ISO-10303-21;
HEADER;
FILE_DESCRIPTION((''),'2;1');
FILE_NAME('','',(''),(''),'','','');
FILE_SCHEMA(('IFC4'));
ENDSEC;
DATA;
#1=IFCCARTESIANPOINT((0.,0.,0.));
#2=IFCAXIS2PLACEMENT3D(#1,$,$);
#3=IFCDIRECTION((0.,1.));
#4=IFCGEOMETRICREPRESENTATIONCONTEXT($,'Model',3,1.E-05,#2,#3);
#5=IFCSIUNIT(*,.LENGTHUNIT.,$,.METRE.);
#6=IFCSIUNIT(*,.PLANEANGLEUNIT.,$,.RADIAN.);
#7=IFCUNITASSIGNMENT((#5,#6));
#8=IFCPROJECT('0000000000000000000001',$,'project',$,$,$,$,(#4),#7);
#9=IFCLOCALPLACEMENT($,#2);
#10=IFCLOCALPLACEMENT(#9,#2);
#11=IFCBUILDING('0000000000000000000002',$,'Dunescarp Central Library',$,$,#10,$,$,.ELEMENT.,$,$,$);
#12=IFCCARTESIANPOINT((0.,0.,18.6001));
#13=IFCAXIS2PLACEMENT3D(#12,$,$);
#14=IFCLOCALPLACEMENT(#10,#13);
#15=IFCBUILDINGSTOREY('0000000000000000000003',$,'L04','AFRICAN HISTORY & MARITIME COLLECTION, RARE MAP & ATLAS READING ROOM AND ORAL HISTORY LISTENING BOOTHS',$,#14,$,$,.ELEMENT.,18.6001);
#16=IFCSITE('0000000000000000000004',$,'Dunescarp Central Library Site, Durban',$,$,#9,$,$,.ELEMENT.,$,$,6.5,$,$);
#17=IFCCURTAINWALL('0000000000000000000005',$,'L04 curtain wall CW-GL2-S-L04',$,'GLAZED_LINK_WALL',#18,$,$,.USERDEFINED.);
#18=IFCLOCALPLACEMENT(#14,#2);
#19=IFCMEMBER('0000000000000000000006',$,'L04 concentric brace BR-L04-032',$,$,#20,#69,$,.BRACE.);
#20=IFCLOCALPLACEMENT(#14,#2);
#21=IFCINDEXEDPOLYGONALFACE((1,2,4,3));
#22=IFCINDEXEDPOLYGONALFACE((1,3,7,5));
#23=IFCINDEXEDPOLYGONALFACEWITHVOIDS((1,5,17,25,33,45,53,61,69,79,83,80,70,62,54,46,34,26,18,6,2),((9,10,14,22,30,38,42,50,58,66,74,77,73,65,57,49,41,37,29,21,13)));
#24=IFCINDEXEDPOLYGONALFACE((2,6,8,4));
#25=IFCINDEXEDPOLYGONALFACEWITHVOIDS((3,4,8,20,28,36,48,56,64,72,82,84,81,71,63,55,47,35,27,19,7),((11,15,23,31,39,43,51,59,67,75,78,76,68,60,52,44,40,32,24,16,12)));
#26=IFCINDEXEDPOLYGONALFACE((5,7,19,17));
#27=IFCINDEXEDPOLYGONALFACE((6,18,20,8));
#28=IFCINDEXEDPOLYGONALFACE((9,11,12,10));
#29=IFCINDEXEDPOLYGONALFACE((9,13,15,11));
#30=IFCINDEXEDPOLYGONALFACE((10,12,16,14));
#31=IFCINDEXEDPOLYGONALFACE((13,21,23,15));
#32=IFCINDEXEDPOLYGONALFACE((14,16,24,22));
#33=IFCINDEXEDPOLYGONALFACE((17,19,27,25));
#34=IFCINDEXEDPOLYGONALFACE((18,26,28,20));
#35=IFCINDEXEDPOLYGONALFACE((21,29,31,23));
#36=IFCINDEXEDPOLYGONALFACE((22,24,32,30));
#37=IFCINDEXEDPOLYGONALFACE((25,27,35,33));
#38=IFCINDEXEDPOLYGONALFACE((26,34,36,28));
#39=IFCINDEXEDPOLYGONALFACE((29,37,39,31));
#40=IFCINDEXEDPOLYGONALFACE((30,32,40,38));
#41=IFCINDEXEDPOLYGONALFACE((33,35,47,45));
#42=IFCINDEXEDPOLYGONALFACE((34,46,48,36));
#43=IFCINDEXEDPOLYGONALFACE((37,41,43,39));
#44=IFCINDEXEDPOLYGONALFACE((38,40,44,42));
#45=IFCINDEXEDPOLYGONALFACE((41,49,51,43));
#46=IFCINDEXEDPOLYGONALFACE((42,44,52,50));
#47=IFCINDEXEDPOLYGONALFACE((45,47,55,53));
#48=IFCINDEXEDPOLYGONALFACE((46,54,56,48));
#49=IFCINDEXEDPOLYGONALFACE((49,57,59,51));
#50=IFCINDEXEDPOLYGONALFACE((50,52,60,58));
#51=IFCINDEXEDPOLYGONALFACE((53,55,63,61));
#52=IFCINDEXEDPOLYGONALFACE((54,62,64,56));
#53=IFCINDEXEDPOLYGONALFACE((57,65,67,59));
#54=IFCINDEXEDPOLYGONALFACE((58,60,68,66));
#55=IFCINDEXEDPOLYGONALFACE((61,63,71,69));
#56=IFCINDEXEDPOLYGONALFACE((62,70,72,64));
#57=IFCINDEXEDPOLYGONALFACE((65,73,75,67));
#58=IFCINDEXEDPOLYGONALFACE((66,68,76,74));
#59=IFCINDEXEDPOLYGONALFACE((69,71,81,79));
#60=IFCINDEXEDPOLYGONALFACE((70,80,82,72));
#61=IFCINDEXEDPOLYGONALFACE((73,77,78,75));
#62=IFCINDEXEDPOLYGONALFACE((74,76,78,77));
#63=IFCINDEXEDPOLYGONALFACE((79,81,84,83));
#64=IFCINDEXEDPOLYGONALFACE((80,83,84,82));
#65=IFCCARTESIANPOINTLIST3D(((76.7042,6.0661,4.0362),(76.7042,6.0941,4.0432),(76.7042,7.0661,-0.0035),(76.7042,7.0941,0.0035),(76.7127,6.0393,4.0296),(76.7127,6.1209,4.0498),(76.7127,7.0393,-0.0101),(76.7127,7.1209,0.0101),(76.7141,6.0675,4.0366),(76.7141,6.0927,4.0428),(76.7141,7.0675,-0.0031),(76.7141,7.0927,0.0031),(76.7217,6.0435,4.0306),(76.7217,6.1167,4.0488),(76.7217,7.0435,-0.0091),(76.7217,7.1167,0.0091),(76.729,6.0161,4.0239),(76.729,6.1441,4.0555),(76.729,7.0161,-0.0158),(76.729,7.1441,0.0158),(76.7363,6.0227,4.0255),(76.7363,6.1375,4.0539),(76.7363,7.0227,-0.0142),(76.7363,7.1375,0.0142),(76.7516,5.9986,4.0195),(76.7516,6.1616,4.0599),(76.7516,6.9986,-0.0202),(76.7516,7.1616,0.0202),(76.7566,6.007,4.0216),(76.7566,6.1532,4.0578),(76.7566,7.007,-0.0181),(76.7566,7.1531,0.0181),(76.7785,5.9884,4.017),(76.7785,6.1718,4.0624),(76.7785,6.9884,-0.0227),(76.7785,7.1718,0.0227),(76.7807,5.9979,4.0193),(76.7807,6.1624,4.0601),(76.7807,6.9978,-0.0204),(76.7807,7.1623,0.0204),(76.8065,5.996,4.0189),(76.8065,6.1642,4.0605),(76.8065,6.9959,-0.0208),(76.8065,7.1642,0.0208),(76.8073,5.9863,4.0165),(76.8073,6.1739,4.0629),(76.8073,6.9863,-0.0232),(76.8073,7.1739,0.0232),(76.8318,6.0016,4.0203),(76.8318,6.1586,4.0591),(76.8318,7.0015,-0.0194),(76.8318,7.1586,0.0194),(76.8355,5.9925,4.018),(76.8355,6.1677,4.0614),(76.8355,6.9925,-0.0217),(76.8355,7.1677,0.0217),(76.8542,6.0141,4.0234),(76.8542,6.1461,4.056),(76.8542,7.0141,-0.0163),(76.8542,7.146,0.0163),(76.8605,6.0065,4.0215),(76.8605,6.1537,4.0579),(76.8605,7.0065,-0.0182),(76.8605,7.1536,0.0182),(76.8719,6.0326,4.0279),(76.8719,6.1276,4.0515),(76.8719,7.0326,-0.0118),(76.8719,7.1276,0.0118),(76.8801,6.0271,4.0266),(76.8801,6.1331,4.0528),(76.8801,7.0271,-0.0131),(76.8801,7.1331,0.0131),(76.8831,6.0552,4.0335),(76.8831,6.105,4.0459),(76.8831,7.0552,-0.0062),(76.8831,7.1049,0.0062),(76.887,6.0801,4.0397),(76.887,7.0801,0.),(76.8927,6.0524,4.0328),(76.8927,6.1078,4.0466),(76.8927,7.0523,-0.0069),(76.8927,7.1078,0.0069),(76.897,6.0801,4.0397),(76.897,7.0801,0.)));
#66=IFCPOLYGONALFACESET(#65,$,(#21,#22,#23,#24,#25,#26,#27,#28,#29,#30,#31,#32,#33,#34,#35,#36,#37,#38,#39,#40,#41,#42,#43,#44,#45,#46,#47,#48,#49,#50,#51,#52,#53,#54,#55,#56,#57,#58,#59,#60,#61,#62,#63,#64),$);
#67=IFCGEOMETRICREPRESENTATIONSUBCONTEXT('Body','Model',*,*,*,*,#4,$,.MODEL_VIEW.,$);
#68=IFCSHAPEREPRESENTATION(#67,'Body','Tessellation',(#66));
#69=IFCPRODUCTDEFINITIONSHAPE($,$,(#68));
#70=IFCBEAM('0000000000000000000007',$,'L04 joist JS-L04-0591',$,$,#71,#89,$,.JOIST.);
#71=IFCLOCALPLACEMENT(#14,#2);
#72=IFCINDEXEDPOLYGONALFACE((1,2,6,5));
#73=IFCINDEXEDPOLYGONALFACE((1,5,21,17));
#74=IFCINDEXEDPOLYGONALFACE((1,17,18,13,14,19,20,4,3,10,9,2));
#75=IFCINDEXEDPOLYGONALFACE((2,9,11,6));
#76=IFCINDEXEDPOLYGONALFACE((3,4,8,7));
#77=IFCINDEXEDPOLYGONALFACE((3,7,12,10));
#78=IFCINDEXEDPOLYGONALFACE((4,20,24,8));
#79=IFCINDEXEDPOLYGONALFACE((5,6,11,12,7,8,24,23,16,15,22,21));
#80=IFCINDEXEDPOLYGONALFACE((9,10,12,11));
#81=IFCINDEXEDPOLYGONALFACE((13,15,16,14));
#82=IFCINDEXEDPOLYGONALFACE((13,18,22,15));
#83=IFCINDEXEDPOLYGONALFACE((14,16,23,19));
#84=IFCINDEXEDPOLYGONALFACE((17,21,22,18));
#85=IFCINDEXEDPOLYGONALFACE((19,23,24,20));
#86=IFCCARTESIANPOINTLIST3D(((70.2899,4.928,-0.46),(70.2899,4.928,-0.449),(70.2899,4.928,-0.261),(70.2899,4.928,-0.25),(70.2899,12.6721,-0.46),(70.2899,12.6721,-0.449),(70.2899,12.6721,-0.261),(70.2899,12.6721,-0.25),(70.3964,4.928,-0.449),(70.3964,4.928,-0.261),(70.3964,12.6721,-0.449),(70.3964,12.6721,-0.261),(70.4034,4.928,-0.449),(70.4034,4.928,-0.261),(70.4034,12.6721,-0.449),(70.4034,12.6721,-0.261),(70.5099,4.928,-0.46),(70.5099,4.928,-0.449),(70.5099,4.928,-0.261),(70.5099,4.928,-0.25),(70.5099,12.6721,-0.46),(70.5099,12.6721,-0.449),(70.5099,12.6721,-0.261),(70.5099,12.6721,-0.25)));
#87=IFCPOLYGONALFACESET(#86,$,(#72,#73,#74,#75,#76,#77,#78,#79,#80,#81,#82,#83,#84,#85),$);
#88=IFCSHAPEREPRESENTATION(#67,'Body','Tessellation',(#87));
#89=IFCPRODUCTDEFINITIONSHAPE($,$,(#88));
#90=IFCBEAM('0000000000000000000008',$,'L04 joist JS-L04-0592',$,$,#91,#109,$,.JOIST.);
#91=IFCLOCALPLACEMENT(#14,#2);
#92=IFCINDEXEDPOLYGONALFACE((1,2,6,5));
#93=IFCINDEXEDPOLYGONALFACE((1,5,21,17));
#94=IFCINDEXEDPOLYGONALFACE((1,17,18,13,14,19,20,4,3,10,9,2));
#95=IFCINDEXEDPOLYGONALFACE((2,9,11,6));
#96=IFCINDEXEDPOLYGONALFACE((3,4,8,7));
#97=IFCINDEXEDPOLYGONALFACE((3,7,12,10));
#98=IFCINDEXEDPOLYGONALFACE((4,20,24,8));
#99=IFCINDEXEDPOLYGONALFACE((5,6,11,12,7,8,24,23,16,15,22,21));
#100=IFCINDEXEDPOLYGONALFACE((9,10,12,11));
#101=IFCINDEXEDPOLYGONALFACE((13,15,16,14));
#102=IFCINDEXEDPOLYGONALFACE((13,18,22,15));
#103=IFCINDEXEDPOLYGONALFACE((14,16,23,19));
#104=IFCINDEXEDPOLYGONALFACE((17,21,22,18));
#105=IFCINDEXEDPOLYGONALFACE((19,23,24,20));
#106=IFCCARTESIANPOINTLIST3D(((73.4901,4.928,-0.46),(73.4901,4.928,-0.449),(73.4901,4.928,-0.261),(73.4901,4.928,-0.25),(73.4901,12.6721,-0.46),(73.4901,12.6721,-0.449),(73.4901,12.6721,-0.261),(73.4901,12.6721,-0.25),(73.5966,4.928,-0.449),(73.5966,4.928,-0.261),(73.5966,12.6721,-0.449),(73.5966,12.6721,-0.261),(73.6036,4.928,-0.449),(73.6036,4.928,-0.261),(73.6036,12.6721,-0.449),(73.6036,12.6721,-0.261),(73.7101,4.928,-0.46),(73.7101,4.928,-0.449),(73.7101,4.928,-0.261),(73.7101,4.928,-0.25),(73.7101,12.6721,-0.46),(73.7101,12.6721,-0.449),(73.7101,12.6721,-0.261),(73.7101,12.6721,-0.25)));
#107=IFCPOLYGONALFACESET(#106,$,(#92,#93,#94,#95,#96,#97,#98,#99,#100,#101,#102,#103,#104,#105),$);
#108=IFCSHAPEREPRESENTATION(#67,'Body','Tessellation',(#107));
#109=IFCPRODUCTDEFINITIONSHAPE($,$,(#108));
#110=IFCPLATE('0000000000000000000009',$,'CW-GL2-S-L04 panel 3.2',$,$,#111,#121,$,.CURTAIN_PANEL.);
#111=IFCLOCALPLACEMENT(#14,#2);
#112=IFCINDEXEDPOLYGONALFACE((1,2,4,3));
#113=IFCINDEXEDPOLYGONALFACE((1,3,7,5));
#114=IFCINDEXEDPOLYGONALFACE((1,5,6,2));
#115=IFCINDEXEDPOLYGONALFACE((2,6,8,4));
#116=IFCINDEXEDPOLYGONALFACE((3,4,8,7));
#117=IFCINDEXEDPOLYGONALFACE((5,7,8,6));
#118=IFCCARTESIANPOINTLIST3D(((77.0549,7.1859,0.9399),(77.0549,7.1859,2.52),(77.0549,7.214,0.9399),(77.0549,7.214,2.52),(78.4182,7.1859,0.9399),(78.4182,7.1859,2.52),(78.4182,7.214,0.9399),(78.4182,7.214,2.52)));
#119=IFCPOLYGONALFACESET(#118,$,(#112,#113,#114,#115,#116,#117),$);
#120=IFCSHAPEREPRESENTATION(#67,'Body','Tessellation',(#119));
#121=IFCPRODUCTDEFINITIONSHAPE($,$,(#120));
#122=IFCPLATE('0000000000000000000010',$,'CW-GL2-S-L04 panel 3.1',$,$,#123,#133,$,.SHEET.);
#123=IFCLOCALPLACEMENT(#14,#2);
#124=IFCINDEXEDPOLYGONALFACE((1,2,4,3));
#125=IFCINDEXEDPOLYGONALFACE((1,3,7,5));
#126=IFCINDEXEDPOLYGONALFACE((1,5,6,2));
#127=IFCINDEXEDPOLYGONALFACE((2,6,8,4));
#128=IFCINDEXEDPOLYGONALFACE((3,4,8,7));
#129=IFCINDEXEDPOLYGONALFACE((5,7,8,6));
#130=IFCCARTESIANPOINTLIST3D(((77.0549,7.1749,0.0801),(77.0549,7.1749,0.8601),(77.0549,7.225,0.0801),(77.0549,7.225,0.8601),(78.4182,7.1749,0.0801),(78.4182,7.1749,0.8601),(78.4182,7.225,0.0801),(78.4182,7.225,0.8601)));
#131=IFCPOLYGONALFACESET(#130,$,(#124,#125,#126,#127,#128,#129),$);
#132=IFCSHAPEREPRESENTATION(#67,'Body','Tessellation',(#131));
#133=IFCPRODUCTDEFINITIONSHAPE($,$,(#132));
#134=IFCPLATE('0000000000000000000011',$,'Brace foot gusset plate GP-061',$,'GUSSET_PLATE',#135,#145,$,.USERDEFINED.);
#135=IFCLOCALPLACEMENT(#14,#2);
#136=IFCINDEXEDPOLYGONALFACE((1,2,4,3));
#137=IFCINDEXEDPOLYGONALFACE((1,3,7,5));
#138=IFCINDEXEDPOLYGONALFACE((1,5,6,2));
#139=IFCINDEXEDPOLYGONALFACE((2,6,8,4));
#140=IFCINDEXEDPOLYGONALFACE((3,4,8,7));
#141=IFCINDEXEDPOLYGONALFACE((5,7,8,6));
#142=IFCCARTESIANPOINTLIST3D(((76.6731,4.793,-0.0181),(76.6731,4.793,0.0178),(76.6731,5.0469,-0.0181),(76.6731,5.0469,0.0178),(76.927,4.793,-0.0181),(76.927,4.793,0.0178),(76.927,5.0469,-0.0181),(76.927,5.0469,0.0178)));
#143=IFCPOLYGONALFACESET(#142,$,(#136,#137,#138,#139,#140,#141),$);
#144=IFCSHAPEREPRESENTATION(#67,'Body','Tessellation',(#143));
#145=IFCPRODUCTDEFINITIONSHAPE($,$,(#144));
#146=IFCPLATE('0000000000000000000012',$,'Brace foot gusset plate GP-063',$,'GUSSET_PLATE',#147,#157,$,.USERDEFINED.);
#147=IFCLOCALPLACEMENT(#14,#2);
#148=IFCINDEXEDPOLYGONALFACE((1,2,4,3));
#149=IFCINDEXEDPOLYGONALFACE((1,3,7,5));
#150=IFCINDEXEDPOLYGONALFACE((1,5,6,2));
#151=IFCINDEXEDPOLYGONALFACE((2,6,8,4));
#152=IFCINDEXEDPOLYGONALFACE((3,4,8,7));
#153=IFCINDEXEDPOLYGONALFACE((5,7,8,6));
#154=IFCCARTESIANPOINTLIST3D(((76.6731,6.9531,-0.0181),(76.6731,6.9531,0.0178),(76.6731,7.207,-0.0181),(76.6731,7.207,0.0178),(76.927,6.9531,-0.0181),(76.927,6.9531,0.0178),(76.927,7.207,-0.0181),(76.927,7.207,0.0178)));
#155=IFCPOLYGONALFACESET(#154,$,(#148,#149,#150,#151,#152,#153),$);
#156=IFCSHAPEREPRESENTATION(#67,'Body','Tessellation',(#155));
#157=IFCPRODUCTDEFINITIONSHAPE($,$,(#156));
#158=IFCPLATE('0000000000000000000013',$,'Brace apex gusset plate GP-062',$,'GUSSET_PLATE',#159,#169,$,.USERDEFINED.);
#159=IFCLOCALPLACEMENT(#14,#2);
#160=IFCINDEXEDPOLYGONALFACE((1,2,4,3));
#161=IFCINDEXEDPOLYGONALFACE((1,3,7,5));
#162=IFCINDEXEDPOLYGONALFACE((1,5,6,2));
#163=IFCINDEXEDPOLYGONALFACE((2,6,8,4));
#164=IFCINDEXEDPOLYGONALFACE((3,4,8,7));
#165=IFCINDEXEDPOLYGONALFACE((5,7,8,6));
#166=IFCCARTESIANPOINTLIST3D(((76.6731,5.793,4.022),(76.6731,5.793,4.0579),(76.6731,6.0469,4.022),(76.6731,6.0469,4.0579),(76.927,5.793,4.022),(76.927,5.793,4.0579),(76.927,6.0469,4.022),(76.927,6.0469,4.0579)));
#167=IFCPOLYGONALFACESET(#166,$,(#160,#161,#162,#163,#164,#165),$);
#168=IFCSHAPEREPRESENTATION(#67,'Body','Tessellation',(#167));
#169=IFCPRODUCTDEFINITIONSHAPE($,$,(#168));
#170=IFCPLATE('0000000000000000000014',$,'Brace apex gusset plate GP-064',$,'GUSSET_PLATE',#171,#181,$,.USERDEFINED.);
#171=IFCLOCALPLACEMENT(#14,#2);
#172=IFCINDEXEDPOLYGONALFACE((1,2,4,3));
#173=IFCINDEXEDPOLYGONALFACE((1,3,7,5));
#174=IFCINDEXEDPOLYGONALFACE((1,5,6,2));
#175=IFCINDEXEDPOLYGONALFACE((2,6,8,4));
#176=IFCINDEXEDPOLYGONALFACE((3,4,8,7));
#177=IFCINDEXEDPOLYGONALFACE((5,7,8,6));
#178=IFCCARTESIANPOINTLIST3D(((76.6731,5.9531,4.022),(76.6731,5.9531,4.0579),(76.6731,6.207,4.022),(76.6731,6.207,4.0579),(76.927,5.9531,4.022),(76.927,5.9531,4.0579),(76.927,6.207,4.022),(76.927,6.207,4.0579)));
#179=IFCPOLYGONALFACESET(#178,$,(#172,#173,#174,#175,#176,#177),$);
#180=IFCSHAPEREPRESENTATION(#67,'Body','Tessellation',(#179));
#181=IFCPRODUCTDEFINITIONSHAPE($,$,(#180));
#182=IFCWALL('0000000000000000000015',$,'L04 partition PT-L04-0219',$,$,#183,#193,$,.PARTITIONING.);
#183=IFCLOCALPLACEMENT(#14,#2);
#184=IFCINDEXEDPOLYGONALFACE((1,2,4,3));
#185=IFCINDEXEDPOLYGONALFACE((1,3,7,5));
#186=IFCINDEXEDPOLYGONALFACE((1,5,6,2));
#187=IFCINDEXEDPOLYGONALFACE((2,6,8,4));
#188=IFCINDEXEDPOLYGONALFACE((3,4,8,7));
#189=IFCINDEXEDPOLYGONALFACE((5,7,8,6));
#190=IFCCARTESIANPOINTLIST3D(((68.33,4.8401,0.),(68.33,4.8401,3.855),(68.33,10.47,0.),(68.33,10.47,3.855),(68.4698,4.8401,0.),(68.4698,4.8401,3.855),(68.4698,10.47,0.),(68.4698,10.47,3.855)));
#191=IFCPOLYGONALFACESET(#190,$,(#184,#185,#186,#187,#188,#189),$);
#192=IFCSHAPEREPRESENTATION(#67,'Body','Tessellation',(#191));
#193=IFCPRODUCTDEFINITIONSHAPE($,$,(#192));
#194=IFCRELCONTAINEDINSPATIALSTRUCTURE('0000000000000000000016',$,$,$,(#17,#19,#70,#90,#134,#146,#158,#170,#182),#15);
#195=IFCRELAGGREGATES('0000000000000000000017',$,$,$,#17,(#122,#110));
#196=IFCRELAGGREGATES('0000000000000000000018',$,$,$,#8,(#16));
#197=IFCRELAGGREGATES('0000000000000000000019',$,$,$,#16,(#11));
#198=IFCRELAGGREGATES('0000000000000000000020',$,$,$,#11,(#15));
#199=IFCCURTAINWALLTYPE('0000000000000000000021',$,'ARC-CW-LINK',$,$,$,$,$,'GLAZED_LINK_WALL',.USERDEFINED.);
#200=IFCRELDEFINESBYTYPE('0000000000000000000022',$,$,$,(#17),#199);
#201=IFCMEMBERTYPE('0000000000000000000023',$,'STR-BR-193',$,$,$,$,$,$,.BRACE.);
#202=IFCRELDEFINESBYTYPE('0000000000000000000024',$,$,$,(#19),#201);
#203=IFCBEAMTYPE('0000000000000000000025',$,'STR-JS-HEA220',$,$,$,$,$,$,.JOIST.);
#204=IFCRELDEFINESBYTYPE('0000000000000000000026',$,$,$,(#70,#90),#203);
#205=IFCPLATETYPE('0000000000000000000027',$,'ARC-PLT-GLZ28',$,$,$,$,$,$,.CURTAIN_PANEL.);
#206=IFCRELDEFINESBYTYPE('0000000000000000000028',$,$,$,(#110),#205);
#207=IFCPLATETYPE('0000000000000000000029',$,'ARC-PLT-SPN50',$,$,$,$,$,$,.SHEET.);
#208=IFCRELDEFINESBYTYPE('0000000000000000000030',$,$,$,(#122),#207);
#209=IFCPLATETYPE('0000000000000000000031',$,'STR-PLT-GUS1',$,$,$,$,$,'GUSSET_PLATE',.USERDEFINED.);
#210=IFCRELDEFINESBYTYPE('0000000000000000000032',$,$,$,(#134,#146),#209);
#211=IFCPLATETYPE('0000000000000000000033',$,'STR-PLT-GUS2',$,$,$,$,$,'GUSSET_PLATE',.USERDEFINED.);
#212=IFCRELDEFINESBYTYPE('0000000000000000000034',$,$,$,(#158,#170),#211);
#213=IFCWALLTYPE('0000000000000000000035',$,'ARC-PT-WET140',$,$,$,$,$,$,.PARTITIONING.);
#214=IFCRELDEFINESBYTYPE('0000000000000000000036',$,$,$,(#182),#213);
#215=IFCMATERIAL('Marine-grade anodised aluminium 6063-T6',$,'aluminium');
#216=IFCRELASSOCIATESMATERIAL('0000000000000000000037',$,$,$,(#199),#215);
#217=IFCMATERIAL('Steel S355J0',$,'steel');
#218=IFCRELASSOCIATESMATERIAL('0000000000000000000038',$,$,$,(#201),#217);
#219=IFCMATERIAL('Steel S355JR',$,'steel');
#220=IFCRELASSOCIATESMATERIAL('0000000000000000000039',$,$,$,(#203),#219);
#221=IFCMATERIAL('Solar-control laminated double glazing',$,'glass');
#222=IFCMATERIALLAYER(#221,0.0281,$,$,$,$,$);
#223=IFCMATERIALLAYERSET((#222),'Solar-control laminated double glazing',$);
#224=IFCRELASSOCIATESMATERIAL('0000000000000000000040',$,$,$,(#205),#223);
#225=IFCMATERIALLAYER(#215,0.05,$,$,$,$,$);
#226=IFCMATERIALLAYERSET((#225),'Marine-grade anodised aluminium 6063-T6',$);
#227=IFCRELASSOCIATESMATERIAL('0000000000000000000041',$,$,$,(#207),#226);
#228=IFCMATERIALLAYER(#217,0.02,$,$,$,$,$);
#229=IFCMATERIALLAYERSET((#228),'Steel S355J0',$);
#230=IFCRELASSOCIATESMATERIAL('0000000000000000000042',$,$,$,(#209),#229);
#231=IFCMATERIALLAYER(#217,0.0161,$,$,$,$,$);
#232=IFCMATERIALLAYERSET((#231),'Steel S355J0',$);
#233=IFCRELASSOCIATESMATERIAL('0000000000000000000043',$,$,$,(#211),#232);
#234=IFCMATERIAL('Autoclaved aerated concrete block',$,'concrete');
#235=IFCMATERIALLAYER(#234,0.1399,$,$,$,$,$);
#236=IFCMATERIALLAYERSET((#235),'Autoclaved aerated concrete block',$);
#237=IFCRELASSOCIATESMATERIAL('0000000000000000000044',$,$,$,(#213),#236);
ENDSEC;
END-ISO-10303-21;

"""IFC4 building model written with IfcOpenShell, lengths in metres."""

from ifc_helpers import new_model, si_unit, direction, frame, frame_2d, origin, origin_2d, place, context, subcontext, project, spatial, rectangle, hollow_circle, i_section, extrude, material, layer, layer_set, material_profile, profile_set, type_object, element, aggregate, save


model = new_model("IFC4")

# Units and contexts
model_context = context("Model", 3, precision=1e-05, world=origin(), true_north=direction((0.0, 1.0)))
body_context = subcontext(model_context, "Body", "Model", "MODEL_VIEW")
ifc_project = project(units=[si_unit("LENGTHUNIT", "METRE"), si_unit("PLANEANGLEUNIT", "RADIAN")], contexts=[model_context])

# Site, building, storey
site_placement = place(None, origin())
site = spatial("IfcSite", under=ifc_project, at=site_placement, Name="Dunescarp Central Library Site, Durban", CompositionType="ELEMENT", RefElevation=6.5)
building_placement = place(site_placement, origin())
building = spatial("IfcBuilding", under=site, at=building_placement, Name="Dunescarp Central Library", CompositionType="ELEMENT")
storey_placement = place(building_placement, frame((0.0, 0.0, 18.6001)))
storey = spatial("IfcBuildingStorey", under=building, at=storey_placement, Name="L04", Description="AFRICAN HISTORY & MARITIME COLLECTION, RARE MAP & ATLAS READING ROOM AND ORAL HISTORY LISTENING BOOTHS", CompositionType="ELEMENT", Elevation=18.6001)

# Shared definitions
ifc_material_1 = material(Name="Steel S355JR", Category="steel")

# Curtain wall
ifc_material_2 = material(Name="Marine-grade anodised aluminium 6063-T6", Category="aluminium")
curtain_wall_type = type_object("IfcCurtainWallType", Name="ARC-CW-LINK", ElementType="GLAZED_LINK_WALL", PredefinedType="USERDEFINED", material=ifc_material_2)
curtain_wall_placement = place(storey_placement, origin())
curtain_wall = element("IfcCurtainWall", 1, at=curtain_wall_placement, inside=storey, type_object=curtain_wall_type, Name="L04 curtain wall CW-GL2-S-L04", ObjectType="GLAZED_LINK_WALL", PredefinedType="USERDEFINED")

# Member
ifc_material_3 = material(Name="Steel S355J0", Category="steel")
ifc_material_profile_1 = material_profile(ifc_material_3, hollow_circle(Radius=0.0969, WallThickness=0.01, at=origin_2d()), Name="CHS 193.7x10")
ifc_profile_set_1 = profile_set([ifc_material_profile_1], Name="Steel S355J0")
member_type_1 = type_object("IfcMemberType", Name="STR-BR-193", PredefinedType="BRACE", material=ifc_profile_set_1)
for number, where, z_axis, x_axis, name in (
    (2, (76.8, 7.0801, 0.0), (0.0, -0.240285, 0.970702), (1.0, 0.0, 0.0), "L04 concentric brace BR-L04-032"),
):
    element("IfcMember", number, at=place(storey_placement, frame(where, z_axis=z_axis, x_axis=x_axis)), inside=storey, type_object=member_type_1, Name=name, PredefinedType="BRACE", context=body_context, shape_type="SweptSolid", body=[
        extrude(hollow_circle(Radius=0.0969, WallThickness=0.01, at=origin_2d()), origin(), (0.0, 0.0, 1.0), 4.1616),
    ])

# Beams
ifc_material_profile_2 = material_profile(ifc_material_1, i_section(OverallWidth=0.22, OverallDepth=0.21, WebThickness=0.0071, FlangeThickness=0.011, at=origin_2d()), Name="HEA 220")
ifc_profile_set_2 = profile_set([ifc_material_profile_2], Name="Steel S355JR")
beam_type_1 = type_object("IfcBeamType", Name="STR-JS-HEA220", PredefinedType="JOIST", material=ifc_profile_set_2)
for number, where, z_axis, x_axis, name in (
    (3, (70.3999, 4.928, -0.355), (0.0, 1.0, 0.0), (-1.0, 0.0, 0.0), "L04 joist JS-L04-0591"),
    (4, (73.6001, 4.928, -0.355), (0.0, 1.0, 0.0), (-1.0, 0.0, 0.0), "L04 joist JS-L04-0592"),
):
    element("IfcBeam", number, at=place(storey_placement, frame(where, z_axis=z_axis, x_axis=x_axis)), inside=storey, type_object=beam_type_1, Name=name, PredefinedType="JOIST", context=body_context, shape_type="SweptSolid", body=[
        extrude(i_section(OverallWidth=0.22, OverallDepth=0.21, WebThickness=0.0071, FlangeThickness=0.011, at=origin_2d()), origin(), (0.0, 0.0, 1.0), 7.7441),
    ])

# Plates
ifc_material_4 = material(Name="Solar-control laminated double glazing", Category="glass")
ifc_layer_1 = layer(ifc_material_4, 0.0281)
ifc_layer_set_1 = layer_set([ifc_layer_1], Name="Solar-control laminated double glazing")
plate_type_1 = type_object("IfcPlateType", Name="ARC-PLT-GLZ28", PredefinedType="CURTAIN_PANEL", material=ifc_layer_set_1)
plate_1_placement = place(storey_placement, frame((77.7366, 7.2, 0.9399), z_axis=(0.0, 0.0, 1.0), x_axis=(-1.0, 0.0, 0.0)))
plate_1 = element("IfcPlate", 5, at=plate_1_placement, type_object=plate_type_1, Name="CW-GL2-S-L04 panel 3.2", PredefinedType="CURTAIN_PANEL", context=body_context, shape_type="SweptSolid", body=[
    extrude(rectangle(XDim=1.3633, YDim=0.0281, at=origin_2d()), origin(), (0.0, 0.0, 1.0), 1.5801),
])
ifc_layer_2 = layer(ifc_material_2, 0.05)
ifc_layer_set_2 = layer_set([ifc_layer_2], Name="Marine-grade anodised aluminium 6063-T6")
plate_type_2 = type_object("IfcPlateType", Name="ARC-PLT-SPN50", PredefinedType="SHEET", material=ifc_layer_set_2)
plate_2_placement = place(storey_placement, frame((77.7366, 7.2, 0.0801), z_axis=(0.0, 0.0, 1.0), x_axis=(-1.0, 0.0, 0.0)))
plate_2 = element("IfcPlate", 6, at=plate_2_placement, type_object=plate_type_2, Name="CW-GL2-S-L04 panel 3.1", PredefinedType="SHEET", context=body_context, shape_type="SweptSolid", body=[
    extrude(rectangle(XDim=1.3633, YDim=0.05, at=origin_2d()), origin(), (0.0, 0.0, 1.0), 0.78),
])
aggregate(curtain_wall, [plate_2, plate_1])

# Plates
ifc_layer_3 = layer(ifc_material_3, 0.02)
ifc_layer_set_3 = layer_set([ifc_layer_3], Name="Steel S355J0")
plate_type_3 = type_object("IfcPlateType", Name="STR-PLT-GUS1", ElementType="GUSSET_PLATE", PredefinedType="USERDEFINED", material=ifc_layer_set_3)
for number, where, z_axis, x_axis, name in (
    (7, (76.8, 4.9199, -0.0181), (0.0, 0.0, 1.0), (1.0, 0.0, 0.0), "Brace foot gusset plate GP-061"),
    (8, (76.8, 7.0801, -0.0181), (0.0, 0.0, 1.0), (1.0, 0.0, 0.0), "Brace foot gusset plate GP-063"),
):
    element("IfcPlate", number, at=place(storey_placement, frame(where, z_axis=z_axis, x_axis=x_axis)), inside=storey, type_object=plate_type_3, Name=name, ObjectType="GUSSET_PLATE", PredefinedType="USERDEFINED", context=body_context, shape_type="SweptSolid", body=[
        extrude(rectangle(XDim=0.2539, YDim=0.2539, at=origin_2d()), origin(), (0.0, 0.0, 1.0), 0.0359),
    ])
ifc_layer_4 = layer(ifc_material_3, 0.0161)
ifc_layer_set_4 = layer_set([ifc_layer_4], Name="Steel S355J0")
plate_type_4 = type_object("IfcPlateType", Name="STR-PLT-GUS2", ElementType="GUSSET_PLATE", PredefinedType="USERDEFINED", material=ifc_layer_set_4)
for number, where, z_axis, x_axis, name in (
    (9, (76.8, 5.9199, 4.022), (0.0, 0.0, 1.0), (1.0, 0.0, 0.0), "Brace apex gusset plate GP-062"),
    (10, (76.8, 6.0801, 4.022), (0.0, 0.0, 1.0), (1.0, 0.0, 0.0), "Brace apex gusset plate GP-064"),
):
    element("IfcPlate", number, at=place(storey_placement, frame(where, z_axis=z_axis, x_axis=x_axis)), inside=storey, type_object=plate_type_4, Name=name, ObjectType="GUSSET_PLATE", PredefinedType="USERDEFINED", context=body_context, shape_type="SweptSolid", body=[
        extrude(rectangle(XDim=0.2539, YDim=0.2539, at=origin_2d()), origin(), (0.0, 0.0, 1.0), 0.0359),
    ])

# Wall
ifc_material_5 = material(Name="Autoclaved aerated concrete block", Category="concrete")
ifc_layer_5 = layer(ifc_material_5, 0.1399)
ifc_layer_set_5 = layer_set([ifc_layer_5], Name="Autoclaved aerated concrete block")
wall_type_1 = type_object("IfcWallType", Name="ARC-PT-WET140", PredefinedType="PARTITIONING", material=ifc_layer_set_5)
wall_1_placement = place(storey_placement, frame((68.3999, 4.8401, 0.0), z_axis=(0.0, 0.0, 1.0), x_axis=(0.0, 1.0, 0.0)))
element("IfcWall", 11, at=wall_1_placement, inside=storey, type_object=wall_type_1, Name="L04 partition PT-L04-0219", PredefinedType="PARTITIONING", context=body_context, shape_type="SweptSolid", body=[
    extrude(rectangle(XDim=5.6299, YDim=0.1399, at=frame_2d((2.8149, 0.0))), origin(), (0.0, 0.0, 1.0), 3.855),
])

save(model, "model.ifc")
